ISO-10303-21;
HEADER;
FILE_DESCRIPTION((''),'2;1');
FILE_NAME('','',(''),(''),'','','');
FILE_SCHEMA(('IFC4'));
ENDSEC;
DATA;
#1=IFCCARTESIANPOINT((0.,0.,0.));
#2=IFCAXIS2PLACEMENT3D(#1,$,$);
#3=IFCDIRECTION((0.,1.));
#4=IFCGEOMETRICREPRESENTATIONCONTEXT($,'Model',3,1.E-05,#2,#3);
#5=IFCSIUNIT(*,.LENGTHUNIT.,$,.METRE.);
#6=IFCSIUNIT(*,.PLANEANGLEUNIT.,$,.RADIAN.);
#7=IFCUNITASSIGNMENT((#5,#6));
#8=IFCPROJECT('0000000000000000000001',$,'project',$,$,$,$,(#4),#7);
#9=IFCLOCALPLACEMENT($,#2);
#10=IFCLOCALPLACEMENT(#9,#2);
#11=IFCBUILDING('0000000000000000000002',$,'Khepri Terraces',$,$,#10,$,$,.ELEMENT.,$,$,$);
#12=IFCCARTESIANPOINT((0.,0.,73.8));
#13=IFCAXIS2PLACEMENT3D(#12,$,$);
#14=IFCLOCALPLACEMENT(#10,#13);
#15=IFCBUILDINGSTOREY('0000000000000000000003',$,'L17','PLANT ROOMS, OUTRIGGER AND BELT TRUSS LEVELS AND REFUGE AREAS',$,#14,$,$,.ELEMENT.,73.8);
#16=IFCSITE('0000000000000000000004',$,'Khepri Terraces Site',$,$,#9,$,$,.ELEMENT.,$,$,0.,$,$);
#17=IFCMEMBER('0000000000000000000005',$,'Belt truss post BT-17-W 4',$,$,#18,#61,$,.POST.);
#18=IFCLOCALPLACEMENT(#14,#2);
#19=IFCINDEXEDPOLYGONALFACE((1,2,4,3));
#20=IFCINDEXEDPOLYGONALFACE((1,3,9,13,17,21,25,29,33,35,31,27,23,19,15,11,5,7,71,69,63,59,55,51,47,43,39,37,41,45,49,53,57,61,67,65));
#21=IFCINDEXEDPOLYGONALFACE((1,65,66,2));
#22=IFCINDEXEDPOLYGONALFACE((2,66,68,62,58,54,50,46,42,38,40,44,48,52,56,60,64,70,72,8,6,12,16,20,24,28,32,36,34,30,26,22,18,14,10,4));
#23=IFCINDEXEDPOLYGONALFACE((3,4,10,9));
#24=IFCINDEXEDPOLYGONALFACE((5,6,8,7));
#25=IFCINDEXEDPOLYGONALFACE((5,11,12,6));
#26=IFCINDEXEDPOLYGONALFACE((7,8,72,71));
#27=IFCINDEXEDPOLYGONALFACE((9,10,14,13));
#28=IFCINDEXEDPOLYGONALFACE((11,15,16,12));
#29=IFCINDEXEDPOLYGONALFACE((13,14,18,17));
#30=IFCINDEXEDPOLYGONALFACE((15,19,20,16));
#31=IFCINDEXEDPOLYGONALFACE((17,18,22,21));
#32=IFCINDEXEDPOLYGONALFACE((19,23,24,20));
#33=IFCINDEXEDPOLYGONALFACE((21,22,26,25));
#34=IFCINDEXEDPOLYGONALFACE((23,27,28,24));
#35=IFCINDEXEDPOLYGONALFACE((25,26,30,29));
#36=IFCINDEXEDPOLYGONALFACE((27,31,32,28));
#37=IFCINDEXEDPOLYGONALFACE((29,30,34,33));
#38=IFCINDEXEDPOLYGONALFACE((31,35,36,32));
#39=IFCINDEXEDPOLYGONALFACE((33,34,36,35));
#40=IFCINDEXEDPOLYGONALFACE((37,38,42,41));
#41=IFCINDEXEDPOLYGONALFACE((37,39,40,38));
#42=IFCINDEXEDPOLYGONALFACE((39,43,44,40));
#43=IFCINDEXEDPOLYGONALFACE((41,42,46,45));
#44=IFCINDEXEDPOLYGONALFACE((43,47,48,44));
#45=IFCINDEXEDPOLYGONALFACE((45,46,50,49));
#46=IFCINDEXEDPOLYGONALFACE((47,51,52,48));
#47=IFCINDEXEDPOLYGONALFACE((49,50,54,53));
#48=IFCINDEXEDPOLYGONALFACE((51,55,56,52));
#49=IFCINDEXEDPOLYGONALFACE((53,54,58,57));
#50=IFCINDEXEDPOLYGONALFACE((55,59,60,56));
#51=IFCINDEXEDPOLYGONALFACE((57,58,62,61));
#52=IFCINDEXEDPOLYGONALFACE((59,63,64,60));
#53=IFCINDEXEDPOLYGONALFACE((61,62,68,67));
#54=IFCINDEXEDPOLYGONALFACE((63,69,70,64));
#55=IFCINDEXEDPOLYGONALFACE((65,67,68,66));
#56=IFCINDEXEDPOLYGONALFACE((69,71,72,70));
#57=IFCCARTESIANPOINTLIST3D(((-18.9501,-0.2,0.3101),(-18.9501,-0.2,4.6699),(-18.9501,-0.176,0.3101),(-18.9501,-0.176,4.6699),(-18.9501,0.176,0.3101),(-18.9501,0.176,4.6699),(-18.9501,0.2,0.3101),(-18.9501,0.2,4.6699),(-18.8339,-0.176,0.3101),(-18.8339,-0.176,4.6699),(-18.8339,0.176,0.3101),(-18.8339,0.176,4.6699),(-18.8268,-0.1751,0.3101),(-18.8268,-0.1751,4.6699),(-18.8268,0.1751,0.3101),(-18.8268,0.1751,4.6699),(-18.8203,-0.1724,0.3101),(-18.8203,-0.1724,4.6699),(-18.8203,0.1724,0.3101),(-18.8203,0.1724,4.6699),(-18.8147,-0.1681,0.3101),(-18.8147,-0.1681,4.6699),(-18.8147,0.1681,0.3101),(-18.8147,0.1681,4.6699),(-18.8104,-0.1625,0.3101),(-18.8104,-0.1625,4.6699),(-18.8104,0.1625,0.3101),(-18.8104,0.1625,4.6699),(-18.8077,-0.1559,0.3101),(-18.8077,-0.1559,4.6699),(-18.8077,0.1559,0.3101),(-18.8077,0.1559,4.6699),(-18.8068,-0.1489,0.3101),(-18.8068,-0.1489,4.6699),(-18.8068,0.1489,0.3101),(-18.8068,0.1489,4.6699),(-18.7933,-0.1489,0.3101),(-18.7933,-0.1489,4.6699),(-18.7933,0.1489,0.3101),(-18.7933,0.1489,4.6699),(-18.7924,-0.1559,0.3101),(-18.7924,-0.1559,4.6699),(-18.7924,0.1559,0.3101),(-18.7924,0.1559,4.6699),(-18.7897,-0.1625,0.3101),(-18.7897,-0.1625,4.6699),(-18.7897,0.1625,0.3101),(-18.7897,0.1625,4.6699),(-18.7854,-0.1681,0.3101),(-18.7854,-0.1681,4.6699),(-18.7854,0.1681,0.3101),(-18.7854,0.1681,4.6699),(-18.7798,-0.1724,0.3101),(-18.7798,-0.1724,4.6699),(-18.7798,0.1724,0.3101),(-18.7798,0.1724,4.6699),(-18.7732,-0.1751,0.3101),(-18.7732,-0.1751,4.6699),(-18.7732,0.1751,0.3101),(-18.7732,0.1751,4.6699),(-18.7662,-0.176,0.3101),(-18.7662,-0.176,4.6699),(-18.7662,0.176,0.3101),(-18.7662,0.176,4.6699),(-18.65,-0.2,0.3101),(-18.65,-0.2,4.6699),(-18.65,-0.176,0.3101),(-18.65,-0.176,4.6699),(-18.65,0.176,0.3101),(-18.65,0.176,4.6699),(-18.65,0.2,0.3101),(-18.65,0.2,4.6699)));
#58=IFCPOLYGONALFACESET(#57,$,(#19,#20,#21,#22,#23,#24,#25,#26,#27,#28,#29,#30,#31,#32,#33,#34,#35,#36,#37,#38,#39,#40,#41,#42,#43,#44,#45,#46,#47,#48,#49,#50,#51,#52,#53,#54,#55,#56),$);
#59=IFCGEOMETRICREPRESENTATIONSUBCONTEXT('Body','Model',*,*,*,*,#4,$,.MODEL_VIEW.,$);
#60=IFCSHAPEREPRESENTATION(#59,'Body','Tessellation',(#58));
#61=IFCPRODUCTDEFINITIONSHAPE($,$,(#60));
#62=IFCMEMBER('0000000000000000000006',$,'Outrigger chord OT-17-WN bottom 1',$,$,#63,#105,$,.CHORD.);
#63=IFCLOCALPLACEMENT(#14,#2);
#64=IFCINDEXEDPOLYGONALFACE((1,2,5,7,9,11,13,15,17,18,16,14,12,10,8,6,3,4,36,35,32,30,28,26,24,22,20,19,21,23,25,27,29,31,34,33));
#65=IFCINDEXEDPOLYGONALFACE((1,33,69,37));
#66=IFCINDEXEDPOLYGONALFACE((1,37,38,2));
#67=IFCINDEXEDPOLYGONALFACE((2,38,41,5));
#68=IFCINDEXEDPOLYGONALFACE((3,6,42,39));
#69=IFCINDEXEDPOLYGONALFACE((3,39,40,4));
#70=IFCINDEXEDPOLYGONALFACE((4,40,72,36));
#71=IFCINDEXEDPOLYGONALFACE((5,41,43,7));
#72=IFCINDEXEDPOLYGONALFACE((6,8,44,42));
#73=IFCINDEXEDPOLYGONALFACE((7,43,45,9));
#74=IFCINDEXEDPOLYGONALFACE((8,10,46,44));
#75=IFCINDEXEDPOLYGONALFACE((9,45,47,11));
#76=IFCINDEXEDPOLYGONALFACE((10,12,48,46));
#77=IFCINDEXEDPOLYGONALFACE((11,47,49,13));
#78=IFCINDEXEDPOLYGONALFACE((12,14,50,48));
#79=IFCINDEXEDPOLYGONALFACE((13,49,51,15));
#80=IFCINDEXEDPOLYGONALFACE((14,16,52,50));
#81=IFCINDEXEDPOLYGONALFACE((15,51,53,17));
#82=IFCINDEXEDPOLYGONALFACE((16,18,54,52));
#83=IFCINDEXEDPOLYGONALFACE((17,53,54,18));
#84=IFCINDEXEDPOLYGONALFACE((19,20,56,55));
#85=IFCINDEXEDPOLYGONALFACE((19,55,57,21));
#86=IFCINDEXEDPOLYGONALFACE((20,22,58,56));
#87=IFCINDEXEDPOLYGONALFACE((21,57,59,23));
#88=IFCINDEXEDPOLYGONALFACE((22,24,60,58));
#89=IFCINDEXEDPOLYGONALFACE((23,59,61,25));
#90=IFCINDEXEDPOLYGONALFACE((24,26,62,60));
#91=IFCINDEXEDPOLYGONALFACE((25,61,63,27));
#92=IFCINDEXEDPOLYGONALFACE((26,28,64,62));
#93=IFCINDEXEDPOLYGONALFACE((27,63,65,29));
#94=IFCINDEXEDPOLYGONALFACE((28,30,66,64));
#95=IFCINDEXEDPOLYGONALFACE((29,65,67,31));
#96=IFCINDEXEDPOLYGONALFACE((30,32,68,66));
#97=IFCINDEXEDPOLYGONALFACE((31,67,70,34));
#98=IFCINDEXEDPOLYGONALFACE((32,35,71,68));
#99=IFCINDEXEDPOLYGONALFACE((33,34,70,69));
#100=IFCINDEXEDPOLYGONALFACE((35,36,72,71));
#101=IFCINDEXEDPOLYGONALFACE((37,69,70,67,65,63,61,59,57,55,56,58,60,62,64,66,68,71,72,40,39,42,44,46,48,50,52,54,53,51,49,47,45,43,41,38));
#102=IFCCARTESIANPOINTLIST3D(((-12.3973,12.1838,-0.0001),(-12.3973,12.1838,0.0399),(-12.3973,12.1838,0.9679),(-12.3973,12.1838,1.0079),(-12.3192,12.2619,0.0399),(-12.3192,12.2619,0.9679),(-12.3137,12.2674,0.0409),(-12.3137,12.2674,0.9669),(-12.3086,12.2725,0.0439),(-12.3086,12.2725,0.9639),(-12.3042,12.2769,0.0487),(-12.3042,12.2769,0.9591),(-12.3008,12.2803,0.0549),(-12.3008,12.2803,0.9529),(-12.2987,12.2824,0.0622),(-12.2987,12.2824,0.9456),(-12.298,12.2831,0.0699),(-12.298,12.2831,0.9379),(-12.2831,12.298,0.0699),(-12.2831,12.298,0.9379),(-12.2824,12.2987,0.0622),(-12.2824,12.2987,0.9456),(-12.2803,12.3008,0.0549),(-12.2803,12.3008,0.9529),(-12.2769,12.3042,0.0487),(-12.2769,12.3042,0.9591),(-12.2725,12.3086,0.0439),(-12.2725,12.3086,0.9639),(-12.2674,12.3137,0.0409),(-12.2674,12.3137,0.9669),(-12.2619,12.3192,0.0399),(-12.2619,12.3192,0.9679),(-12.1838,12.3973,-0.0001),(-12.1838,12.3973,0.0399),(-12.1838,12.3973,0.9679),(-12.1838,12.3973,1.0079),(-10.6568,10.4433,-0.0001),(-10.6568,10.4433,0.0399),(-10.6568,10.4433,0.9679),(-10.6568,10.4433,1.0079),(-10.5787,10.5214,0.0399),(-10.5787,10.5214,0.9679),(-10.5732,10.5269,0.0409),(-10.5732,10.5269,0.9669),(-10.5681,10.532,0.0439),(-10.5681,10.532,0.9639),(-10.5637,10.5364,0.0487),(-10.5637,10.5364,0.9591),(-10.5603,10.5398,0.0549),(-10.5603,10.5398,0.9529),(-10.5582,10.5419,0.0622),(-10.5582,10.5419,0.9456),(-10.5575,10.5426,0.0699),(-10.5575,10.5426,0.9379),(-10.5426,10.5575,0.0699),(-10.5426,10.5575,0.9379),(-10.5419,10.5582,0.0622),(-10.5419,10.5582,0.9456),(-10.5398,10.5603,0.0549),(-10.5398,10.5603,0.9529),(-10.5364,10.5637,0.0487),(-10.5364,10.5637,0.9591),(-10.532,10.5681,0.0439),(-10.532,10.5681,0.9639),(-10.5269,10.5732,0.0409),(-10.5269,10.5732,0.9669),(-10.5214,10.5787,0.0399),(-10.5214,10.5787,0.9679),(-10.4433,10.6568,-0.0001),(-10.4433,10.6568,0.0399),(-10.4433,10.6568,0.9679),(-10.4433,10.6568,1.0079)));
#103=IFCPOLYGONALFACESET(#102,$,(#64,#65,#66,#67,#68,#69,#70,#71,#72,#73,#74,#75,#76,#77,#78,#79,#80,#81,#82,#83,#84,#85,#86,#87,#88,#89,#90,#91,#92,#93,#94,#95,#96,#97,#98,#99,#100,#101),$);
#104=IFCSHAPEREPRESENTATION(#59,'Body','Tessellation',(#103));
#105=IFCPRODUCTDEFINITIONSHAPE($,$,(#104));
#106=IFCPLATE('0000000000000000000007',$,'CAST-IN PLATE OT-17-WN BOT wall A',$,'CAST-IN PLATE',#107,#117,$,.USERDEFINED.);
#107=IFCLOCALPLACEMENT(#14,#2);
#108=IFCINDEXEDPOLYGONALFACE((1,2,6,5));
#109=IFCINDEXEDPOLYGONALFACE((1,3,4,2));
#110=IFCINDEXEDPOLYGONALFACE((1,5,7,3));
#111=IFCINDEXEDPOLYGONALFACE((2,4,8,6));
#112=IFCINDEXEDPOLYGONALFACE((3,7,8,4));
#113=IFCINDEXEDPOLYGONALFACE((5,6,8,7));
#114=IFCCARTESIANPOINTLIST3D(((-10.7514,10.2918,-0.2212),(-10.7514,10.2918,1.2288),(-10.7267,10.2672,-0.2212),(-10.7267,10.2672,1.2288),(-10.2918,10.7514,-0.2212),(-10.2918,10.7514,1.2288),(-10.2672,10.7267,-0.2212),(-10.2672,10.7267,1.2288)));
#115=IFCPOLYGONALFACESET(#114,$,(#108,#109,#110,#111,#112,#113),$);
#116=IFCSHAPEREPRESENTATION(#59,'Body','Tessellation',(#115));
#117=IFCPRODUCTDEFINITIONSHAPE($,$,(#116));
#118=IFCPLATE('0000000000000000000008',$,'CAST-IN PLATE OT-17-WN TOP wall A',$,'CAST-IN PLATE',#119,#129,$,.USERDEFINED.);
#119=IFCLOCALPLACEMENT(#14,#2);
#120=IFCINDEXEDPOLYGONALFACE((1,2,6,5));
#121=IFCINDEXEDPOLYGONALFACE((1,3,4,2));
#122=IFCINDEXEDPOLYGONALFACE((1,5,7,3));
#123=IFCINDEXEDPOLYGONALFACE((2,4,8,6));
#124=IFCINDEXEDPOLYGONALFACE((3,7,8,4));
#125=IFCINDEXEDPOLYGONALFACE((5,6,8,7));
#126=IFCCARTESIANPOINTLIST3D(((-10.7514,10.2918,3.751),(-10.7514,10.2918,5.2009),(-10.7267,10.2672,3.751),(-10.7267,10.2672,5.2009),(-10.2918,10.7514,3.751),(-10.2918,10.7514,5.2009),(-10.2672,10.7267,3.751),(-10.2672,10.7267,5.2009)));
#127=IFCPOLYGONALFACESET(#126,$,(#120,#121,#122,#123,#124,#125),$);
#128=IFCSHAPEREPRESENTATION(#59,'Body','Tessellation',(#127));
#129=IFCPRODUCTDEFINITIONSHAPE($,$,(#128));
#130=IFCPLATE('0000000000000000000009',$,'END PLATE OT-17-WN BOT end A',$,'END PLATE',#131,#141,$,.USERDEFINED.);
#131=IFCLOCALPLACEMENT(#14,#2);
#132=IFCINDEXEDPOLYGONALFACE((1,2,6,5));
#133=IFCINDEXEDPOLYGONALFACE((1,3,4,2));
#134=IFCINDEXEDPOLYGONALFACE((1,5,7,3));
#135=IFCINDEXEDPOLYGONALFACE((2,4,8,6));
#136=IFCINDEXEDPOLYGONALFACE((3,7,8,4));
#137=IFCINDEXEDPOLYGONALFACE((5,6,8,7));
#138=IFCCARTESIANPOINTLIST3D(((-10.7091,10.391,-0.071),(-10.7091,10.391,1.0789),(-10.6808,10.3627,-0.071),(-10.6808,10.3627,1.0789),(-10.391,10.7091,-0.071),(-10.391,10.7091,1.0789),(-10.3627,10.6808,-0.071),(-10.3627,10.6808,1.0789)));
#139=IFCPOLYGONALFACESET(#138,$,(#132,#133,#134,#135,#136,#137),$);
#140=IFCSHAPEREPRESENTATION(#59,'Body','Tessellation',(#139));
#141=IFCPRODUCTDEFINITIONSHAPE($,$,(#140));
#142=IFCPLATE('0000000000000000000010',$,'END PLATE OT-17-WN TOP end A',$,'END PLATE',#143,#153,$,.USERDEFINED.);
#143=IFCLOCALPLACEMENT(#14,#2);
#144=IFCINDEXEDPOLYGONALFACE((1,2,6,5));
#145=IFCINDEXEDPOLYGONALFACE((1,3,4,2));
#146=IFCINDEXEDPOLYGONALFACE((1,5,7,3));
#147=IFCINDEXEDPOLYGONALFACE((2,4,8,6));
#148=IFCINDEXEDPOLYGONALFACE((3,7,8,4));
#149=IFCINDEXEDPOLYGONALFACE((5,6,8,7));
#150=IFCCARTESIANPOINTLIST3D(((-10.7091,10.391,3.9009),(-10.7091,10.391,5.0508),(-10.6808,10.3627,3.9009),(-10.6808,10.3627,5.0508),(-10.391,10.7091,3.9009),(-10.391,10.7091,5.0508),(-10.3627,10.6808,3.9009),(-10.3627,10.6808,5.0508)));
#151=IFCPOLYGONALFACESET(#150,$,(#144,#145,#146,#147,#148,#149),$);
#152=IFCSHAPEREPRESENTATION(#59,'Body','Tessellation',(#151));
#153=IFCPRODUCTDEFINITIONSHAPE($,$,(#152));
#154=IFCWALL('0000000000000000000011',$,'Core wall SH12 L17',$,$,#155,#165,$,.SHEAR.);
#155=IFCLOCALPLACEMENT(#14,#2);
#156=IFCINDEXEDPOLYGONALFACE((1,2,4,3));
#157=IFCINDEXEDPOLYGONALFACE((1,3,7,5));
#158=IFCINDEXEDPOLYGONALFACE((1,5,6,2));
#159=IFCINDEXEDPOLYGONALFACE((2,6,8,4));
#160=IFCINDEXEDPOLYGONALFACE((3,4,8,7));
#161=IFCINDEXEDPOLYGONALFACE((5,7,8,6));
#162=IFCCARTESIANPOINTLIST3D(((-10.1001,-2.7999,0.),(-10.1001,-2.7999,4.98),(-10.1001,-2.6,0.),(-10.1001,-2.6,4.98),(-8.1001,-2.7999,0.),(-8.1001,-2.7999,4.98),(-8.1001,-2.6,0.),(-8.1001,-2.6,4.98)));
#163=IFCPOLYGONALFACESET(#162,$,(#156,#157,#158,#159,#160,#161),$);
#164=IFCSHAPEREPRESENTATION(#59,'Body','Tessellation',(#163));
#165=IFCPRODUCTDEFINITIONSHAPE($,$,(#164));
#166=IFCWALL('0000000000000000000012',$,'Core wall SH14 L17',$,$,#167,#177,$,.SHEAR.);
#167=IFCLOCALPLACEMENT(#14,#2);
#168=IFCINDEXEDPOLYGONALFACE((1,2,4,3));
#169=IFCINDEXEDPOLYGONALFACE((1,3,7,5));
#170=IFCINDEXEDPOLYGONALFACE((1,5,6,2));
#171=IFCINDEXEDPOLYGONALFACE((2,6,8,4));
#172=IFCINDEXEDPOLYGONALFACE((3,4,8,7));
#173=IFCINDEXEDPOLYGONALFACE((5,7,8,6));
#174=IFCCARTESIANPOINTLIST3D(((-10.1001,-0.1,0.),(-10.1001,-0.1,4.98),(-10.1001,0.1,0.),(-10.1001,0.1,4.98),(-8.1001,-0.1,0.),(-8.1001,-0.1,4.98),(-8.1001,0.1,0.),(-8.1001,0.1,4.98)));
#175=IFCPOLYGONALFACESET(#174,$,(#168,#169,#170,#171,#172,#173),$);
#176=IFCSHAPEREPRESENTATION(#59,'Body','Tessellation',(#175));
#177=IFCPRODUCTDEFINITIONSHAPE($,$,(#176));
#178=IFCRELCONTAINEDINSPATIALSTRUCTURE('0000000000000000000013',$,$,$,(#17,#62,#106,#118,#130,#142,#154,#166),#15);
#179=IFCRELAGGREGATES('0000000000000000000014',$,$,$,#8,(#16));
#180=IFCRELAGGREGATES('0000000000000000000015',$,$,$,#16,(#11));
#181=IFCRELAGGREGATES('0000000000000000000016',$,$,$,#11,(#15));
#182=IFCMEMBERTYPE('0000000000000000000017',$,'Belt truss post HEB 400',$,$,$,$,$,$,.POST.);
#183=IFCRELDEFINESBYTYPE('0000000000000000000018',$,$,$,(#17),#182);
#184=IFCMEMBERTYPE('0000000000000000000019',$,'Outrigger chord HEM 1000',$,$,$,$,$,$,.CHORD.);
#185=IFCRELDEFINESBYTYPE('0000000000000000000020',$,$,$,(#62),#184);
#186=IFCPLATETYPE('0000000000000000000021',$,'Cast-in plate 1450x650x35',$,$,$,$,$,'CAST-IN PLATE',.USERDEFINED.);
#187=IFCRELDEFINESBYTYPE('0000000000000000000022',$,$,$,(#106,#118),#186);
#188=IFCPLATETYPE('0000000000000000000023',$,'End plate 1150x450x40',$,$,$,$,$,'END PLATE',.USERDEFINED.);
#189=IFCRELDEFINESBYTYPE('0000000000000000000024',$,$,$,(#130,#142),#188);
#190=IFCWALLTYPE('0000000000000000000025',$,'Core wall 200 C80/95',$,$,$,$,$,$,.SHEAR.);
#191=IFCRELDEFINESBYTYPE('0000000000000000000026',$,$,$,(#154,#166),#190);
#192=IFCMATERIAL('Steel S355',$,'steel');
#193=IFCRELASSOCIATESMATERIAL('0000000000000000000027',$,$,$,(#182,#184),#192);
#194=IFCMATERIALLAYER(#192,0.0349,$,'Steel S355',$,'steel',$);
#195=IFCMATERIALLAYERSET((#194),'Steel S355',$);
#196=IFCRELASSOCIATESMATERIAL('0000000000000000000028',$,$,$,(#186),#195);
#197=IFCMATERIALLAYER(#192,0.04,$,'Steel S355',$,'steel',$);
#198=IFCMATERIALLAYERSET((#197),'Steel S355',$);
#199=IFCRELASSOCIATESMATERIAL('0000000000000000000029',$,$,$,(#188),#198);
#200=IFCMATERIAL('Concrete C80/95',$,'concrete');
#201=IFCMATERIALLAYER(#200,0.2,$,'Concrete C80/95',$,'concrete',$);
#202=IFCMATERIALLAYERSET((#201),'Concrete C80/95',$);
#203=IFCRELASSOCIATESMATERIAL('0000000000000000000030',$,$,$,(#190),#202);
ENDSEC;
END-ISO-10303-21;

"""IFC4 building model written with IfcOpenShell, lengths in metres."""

from ifc_helpers import new_model, si_unit, direction, frame, frame_2d, origin, origin_2d, place, context, subcontext, project, spatial, rectangle, i_section, extrude, material, layer, layer_set, material_profile, profile_set, type_object, element, save


model = new_model("IFC4")

# Units and contexts
model_context = context("Model", 3, precision=1e-05, world=origin(), true_north=direction((0.0, 1.0)))
body_context = subcontext(model_context, "Body", "Model", "MODEL_VIEW")
ifc_project = project(units=[si_unit("LENGTHUNIT", "METRE"), si_unit("PLANEANGLEUNIT", "RADIAN")], contexts=[model_context])

# Site, building, storey
site_placement = place(None, origin())
site = spatial("IfcSite", under=ifc_project, at=site_placement, Name="Khepri Terraces Site", CompositionType="ELEMENT", RefElevation=0.0)
building_placement = place(site_placement, origin())
building = spatial("IfcBuilding", under=site, at=building_placement, Name="Khepri Terraces", CompositionType="ELEMENT")
storey_placement = place(building_placement, frame((0.0, 0.0, 73.8)))
storey = spatial("IfcBuildingStorey", under=building, at=storey_placement, Name="L17", Description="PLANT ROOMS, OUTRIGGER AND BELT TRUSS LEVELS AND REFUGE AREAS", CompositionType="ELEMENT", Elevation=73.8)

# Shared definitions
ifc_material_1 = material(Name="Concrete C80/95", Category="concrete")

# Members
ifc_material_2 = material(Name="Steel S355", Category="steel")
ifc_material_profile_1 = material_profile(ifc_material_2, i_section(OverallWidth=0.3, OverallDepth=0.3999, WebThickness=0.0134, FlangeThickness=0.0239, FilletRadius=0.0271, at=origin_2d()), Name="Steel S355", Category="steel")
ifc_profile_set_1 = profile_set([ifc_material_profile_1], Name="Steel S355")
member_type_1 = type_object("IfcMemberType", Name="Belt truss post HEB 400", PredefinedType="POST", material=ifc_profile_set_1)
for number, where, z_axis, x_axis, name in (
    (1, (-18.8, 0.0, 0.3101), (0.0, 0.0, 1.0), (1.0, 0.0, 0.0), "Belt truss post BT-17-W 4"),
):
    element("IfcMember", number, at=place(storey_placement, frame(where, z_axis=z_axis, x_axis=x_axis)), inside=storey, type_object=member_type_1, Name=name, PredefinedType="POST", context=body_context, shape_type="SweptSolid", body=[
        extrude(i_section(OverallWidth=0.3, OverallDepth=0.3999, WebThickness=0.0134, FlangeThickness=0.0239, FilletRadius=0.0271, at=origin_2d()), origin(), (0.0, 0.0, 1.0), 4.3599),
    ])
ifc_material_profile_2 = material_profile(ifc_material_2, i_section(OverallWidth=0.302, OverallDepth=1.0081, WebThickness=0.021, FlangeThickness=0.04, FilletRadius=0.03, at=origin_2d()), Name="Steel S355", Category="steel")
ifc_profile_set_2 = profile_set([ifc_material_profile_2], Name="Steel S355")
member_type_2 = type_object("IfcMemberType", Name="Outrigger chord HEM 1000", PredefinedType="CHORD", material=ifc_profile_set_2)
member_placement = place(storey_placement, frame((-10.55, 10.55, 0.5039), z_axis=(-0.707107, 0.707107, 0.0), x_axis=(-0.707107, -0.707107, 0.0)))
element("IfcMember", 2, at=member_placement, inside=storey, type_object=member_type_2, Name="Outrigger chord OT-17-WN bottom 1", PredefinedType="CHORD", context=body_context, shape_type="SweptSolid", body=[
    extrude(i_section(OverallWidth=0.302, OverallDepth=1.0081, WebThickness=0.021, FlangeThickness=0.04, FilletRadius=0.03, at=origin_2d()), origin(), (0.0, 0.0, 1.0), 2.4614),
])

# Plates
ifc_layer_1 = layer(ifc_material_2, 0.0349, Name="Steel S355", Category="steel")
ifc_layer_set_1 = layer_set([ifc_layer_1], Name="Steel S355")
plate_type_1 = type_object("IfcPlateType", Name="Cast-in plate 1450x650x35", ElementType="CAST-IN PLATE", PredefinedType="USERDEFINED", material=ifc_layer_set_1)
for number, where, z_axis, x_axis, name in (
    (3, (-10.5093, 10.5093, -0.2212), (0.0, 0.0, 1.0), (-0.707107, 0.707107, 0.0), "CAST-IN PLATE OT-17-WN BOT wall A"),
    (4, (-10.5093, 10.5093, 3.751), (0.0, 0.0, 1.0), (-0.707107, 0.707107, 0.0), "CAST-IN PLATE OT-17-WN TOP wall A"),
):
    element("IfcPlate", number, at=place(storey_placement, frame(where, z_axis=z_axis, x_axis=x_axis)), inside=storey, type_object=plate_type_1, Name=name, ObjectType="CAST-IN PLATE", PredefinedType="USERDEFINED", context=body_context, shape_type="SweptSolid", body=[
        extrude(rectangle(XDim=0.0349, YDim=0.6499, at=origin_2d()), origin(), (0.0, 0.0, 1.0), 1.45),
    ])
ifc_layer_2 = layer(ifc_material_2, 0.04, Name="Steel S355", Category="steel")
ifc_layer_set_2 = layer_set([ifc_layer_2], Name="Steel S355")
plate_type_2 = type_object("IfcPlateType", Name="End plate 1150x450x40", ElementType="END PLATE", PredefinedType="USERDEFINED", material=ifc_layer_set_2)
for number, where, z_axis, x_axis, name in (
    (5, (-10.5359, 10.5359, -0.071), (0.0, 0.0, 1.0), (-0.707107, 0.707107, 0.0), "END PLATE OT-17-WN BOT end A"),
    (6, (-10.5359, 10.5359, 3.9009), (0.0, 0.0, 1.0), (-0.707107, 0.707107, 0.0), "END PLATE OT-17-WN TOP end A"),
):
    element("IfcPlate", number, at=place(storey_placement, frame(where, z_axis=z_axis, x_axis=x_axis)), inside=storey, type_object=plate_type_2, Name=name, ObjectType="END PLATE", PredefinedType="USERDEFINED", context=body_context, shape_type="SweptSolid", body=[
        extrude(rectangle(XDim=0.04, YDim=0.45, at=origin_2d()), origin(), (0.0, 0.0, 1.0), 1.1499),
    ])

# Walls
ifc_layer_3 = layer(ifc_material_1, 0.2, Name="Concrete C80/95", Category="concrete")
ifc_layer_set_3 = layer_set([ifc_layer_3], Name="Concrete C80/95")
wall_type_1 = type_object("IfcWallType", Name="Core wall 200 C80/95", PredefinedType="SHEAR", material=ifc_layer_set_3)
for number, where, z_axis, x_axis, name in (
    (7, (-10.1001, -2.7, 0.0), (0.0, 0.0, 1.0), (1.0, 0.0, 0.0), "Core wall SH12 L17"),
    (8, (-10.1001, 0.0, 0.0), (0.0, 0.0, 1.0), (1.0, 0.0, 0.0), "Core wall SH14 L17"),
):
    element("IfcWall", number, at=place(storey_placement, frame(where, z_axis=z_axis, x_axis=x_axis)), inside=storey, type_object=wall_type_1, Name=name, PredefinedType="SHEAR", context=body_context, shape_type="SweptSolid", body=[
        extrude(rectangle(XDim=2.0, YDim=0.2, at=frame_2d((1.0, 0.0))), origin(), (0.0, 0.0, 1.0), 4.98),
    ])

save(model, "model.ifc")
